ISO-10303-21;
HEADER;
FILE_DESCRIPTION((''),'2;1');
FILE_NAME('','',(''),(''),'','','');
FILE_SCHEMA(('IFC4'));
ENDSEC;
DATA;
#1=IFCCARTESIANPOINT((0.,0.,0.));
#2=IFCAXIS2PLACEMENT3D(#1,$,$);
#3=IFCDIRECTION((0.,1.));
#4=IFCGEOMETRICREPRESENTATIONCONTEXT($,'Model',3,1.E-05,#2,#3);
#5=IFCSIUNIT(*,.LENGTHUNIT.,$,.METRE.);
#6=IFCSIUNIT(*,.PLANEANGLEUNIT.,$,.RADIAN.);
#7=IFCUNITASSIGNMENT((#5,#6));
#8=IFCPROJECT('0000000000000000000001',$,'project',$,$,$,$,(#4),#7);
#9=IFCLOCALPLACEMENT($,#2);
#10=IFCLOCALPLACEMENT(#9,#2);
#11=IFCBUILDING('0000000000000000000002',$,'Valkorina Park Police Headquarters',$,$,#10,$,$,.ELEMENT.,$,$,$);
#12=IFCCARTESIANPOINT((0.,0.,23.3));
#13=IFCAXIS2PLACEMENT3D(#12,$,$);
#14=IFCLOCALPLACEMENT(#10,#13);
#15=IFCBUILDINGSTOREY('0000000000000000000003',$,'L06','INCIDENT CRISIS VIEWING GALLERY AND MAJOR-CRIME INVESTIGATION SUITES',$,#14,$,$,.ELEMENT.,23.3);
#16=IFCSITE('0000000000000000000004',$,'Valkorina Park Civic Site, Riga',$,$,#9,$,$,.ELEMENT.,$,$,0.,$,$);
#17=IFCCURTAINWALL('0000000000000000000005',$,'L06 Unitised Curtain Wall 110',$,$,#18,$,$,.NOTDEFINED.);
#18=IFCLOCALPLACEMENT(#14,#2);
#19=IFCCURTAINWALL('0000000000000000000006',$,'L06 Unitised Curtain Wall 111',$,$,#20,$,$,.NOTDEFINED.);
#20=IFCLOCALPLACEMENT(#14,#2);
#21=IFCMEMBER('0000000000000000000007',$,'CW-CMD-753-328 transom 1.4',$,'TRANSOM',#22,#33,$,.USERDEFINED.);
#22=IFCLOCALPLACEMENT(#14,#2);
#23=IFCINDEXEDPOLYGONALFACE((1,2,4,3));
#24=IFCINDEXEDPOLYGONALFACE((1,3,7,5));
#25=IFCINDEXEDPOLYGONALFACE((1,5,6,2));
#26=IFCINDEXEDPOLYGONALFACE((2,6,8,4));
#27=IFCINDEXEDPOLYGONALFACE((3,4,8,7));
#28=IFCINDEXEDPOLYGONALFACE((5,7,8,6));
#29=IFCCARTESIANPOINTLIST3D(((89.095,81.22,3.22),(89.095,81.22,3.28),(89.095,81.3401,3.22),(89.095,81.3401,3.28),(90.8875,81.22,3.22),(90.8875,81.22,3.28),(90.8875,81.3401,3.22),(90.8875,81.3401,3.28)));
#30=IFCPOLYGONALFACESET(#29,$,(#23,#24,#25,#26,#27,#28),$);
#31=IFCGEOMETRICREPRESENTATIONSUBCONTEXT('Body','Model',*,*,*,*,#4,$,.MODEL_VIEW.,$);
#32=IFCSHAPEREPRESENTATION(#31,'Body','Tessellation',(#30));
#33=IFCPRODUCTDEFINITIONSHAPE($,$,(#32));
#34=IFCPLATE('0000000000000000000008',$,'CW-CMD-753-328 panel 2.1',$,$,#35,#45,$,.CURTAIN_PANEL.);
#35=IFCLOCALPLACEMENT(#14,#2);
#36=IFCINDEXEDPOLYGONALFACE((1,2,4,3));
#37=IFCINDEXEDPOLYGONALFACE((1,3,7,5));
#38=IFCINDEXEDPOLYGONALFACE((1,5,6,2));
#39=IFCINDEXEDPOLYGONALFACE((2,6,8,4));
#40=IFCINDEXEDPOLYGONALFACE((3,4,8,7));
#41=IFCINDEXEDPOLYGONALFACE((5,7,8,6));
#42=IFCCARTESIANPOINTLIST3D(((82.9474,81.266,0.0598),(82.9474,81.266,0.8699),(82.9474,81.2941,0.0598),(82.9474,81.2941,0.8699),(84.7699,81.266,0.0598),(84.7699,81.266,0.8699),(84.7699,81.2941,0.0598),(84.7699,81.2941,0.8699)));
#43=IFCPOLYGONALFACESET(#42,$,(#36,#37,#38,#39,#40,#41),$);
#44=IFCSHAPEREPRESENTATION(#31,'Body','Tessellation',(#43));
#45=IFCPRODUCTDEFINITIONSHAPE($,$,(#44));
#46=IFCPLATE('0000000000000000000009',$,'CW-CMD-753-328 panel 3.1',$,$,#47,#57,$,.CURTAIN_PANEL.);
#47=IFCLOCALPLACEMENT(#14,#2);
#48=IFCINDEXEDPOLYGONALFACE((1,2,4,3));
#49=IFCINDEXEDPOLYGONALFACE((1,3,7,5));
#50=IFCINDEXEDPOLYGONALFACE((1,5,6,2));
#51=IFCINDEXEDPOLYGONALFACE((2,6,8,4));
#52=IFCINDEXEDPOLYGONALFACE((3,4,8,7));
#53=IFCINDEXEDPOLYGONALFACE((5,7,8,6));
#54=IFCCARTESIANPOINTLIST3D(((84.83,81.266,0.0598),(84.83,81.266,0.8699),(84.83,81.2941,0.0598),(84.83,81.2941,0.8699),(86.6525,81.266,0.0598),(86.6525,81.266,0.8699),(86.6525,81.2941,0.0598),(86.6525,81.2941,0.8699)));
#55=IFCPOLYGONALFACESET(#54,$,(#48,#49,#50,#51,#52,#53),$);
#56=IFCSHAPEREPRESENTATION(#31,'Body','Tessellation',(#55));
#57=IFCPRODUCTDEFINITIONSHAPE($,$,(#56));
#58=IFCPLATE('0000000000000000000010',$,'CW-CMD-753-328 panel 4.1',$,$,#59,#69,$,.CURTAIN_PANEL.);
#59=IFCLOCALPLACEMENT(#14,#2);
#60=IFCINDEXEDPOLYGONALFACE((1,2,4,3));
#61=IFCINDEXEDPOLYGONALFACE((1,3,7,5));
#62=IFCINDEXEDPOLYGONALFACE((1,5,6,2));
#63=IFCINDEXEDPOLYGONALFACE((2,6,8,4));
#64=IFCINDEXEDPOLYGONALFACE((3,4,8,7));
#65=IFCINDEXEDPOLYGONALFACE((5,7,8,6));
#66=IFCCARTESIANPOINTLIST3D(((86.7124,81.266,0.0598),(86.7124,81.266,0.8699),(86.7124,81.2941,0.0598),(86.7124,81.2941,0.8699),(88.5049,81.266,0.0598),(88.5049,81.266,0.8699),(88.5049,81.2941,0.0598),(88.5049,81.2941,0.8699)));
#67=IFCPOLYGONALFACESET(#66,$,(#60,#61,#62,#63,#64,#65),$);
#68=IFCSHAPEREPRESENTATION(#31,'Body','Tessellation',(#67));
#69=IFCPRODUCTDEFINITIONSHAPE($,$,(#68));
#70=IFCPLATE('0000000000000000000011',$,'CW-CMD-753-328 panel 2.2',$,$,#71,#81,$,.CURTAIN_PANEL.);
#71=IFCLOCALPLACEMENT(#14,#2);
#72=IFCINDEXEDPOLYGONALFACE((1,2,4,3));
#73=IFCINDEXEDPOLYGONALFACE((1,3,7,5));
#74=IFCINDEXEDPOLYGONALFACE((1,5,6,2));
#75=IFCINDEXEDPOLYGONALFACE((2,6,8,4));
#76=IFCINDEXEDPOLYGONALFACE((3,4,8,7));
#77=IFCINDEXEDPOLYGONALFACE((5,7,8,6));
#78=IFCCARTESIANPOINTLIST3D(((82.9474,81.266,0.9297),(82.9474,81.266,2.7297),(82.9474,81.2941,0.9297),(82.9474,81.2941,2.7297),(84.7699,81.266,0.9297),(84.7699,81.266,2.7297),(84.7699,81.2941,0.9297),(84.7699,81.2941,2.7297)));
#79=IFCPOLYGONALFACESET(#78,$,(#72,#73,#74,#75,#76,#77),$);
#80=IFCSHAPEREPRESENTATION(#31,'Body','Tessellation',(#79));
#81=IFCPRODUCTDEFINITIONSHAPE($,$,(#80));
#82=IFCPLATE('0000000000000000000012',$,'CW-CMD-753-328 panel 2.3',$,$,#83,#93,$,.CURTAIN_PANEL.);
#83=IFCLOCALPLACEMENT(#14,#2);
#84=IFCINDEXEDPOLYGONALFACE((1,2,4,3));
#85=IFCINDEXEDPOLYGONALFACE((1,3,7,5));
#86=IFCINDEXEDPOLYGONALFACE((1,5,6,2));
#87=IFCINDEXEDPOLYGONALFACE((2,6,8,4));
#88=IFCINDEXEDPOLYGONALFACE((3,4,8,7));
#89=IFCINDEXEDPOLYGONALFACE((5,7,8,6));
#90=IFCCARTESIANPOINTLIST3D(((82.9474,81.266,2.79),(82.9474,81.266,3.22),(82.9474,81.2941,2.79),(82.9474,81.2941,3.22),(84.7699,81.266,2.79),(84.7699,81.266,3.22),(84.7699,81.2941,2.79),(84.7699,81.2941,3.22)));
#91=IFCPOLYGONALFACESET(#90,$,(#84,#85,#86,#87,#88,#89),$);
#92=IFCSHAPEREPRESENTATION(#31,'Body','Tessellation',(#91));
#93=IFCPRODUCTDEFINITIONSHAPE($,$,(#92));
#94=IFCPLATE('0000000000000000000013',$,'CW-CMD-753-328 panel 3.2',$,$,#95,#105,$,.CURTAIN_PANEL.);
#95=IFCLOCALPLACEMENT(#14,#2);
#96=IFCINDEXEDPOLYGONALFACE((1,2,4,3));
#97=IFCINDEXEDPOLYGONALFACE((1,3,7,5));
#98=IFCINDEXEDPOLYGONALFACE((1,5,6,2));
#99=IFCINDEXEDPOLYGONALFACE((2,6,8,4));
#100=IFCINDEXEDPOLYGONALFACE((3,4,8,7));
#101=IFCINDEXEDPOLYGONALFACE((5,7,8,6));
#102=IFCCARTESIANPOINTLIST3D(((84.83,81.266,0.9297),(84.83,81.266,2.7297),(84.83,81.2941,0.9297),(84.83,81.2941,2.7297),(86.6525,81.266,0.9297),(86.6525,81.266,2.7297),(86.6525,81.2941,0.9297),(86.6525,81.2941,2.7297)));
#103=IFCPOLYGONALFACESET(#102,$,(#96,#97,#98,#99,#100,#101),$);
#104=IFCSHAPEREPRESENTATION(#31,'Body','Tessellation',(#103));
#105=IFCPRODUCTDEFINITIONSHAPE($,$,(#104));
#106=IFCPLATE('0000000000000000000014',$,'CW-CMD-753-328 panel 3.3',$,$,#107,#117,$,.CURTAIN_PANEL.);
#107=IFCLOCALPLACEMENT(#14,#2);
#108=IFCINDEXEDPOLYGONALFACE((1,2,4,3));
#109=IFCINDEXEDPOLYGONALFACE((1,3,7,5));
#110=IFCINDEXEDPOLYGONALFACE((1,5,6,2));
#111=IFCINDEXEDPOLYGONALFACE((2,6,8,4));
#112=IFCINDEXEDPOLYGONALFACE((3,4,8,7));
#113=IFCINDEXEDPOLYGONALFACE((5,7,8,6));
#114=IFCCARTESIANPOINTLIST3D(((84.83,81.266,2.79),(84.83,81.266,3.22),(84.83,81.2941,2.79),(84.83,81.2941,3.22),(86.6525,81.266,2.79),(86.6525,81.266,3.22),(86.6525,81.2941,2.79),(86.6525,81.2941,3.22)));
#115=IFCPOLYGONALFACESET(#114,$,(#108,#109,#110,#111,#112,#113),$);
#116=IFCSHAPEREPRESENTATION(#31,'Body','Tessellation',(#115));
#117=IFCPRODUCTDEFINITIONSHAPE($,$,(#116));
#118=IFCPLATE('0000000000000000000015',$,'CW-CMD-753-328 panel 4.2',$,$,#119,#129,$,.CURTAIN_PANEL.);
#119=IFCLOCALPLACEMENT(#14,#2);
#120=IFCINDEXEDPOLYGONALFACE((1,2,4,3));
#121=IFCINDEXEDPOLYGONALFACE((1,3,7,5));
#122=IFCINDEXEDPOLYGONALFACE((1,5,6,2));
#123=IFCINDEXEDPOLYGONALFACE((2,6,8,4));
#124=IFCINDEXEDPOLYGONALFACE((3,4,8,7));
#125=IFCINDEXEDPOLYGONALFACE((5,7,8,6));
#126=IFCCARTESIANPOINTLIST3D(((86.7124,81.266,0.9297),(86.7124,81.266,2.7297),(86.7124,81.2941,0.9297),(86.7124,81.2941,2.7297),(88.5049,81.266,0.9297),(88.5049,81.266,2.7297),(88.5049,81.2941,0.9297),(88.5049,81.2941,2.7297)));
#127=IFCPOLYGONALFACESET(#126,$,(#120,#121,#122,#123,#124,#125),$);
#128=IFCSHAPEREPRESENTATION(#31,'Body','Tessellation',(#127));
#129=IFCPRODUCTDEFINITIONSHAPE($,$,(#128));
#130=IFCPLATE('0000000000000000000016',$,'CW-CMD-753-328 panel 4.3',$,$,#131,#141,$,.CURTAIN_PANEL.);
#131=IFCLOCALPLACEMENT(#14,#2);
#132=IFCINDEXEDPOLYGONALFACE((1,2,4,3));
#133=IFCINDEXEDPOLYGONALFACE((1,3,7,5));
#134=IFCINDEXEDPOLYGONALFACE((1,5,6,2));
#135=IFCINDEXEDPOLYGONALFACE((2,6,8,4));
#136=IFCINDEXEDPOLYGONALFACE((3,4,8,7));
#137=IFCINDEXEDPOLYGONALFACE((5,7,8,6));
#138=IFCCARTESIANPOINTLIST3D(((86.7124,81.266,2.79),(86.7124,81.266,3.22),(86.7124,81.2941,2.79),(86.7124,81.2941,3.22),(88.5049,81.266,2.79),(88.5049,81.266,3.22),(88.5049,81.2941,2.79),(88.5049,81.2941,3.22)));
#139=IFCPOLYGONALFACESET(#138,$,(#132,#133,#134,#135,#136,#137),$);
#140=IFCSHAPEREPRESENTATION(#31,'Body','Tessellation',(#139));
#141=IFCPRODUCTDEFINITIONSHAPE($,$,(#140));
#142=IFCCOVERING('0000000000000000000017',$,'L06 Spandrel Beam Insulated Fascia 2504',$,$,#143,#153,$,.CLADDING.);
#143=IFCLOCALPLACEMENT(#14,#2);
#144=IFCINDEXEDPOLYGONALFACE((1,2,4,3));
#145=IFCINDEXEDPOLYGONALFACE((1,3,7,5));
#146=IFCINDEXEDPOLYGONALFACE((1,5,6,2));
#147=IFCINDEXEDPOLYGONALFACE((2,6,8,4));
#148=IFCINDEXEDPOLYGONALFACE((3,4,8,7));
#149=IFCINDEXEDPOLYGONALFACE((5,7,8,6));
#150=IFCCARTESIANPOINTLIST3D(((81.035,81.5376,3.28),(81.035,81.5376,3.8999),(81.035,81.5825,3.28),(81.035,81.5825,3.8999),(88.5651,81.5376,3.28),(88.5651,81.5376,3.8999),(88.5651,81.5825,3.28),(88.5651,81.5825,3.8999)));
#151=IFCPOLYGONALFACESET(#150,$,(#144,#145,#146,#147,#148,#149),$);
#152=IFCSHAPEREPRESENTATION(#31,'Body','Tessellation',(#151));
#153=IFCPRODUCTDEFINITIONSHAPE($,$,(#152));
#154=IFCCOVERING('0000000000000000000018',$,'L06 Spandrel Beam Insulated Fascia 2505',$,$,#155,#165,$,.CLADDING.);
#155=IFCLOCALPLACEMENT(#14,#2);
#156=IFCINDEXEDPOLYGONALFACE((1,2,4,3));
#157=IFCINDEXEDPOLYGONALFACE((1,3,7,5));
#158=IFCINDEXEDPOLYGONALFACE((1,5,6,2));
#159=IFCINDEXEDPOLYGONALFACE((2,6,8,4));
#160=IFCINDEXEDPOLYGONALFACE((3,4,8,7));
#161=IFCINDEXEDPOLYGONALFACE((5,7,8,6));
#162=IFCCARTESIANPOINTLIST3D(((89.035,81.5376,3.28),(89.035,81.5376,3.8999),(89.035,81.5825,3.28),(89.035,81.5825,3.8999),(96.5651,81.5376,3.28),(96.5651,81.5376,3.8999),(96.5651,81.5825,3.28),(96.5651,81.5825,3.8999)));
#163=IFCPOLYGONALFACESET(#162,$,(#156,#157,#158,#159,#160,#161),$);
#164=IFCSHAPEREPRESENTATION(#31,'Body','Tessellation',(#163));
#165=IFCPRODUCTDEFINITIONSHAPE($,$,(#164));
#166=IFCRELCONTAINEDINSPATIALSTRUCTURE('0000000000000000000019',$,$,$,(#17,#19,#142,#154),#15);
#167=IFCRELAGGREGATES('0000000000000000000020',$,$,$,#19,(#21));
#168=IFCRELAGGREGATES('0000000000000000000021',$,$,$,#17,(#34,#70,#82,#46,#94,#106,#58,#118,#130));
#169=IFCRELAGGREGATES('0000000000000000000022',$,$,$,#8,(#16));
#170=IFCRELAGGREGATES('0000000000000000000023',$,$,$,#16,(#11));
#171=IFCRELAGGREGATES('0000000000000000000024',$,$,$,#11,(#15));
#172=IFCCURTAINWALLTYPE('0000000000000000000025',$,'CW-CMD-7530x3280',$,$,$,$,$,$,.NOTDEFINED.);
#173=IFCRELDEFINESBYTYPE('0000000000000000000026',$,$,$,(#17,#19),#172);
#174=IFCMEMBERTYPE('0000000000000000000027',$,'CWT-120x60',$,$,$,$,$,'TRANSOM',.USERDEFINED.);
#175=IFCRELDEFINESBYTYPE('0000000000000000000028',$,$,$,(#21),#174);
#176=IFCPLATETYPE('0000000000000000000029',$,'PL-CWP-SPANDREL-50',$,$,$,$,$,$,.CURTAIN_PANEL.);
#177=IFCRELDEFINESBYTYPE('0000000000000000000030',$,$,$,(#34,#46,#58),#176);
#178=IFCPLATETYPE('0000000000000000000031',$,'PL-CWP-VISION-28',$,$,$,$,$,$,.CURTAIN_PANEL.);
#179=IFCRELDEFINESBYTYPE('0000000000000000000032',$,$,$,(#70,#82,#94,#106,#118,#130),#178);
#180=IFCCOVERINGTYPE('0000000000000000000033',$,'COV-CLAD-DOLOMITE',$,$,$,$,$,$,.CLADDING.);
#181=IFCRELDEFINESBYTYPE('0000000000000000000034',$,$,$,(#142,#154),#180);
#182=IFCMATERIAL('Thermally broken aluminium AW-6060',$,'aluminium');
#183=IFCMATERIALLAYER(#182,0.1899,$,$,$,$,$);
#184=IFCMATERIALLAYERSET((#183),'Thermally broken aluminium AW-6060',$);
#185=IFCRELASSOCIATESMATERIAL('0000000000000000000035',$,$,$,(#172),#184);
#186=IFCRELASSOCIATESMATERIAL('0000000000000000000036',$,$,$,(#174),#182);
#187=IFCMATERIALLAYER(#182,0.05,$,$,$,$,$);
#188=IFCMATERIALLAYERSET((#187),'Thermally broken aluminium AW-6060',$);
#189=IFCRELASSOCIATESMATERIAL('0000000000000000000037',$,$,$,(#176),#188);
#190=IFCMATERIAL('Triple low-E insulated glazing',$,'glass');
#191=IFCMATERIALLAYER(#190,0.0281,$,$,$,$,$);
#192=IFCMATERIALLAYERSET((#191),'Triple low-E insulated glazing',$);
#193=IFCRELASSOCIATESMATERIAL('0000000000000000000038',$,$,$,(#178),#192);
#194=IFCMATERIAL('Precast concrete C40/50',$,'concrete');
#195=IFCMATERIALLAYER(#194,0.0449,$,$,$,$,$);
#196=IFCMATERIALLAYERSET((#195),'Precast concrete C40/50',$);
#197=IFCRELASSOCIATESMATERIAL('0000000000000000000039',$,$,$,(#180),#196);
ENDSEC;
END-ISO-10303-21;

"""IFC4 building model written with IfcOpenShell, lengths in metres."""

from ifc_helpers import new_model, si_unit, direction, frame, frame_2d, origin, origin_2d, place, context, subcontext, project, spatial, rectangle, extrude, material, layer, layer_set, material_profile, profile_set, type_object, element, aggregate, save


model = new_model("IFC4")

# Units and contexts
model_context = context("Model", 3, precision=1e-05, world=origin(), true_north=direction((0.0, 1.0)))
body_context = subcontext(model_context, "Body", "Model", "MODEL_VIEW")
ifc_project = project(units=[si_unit("LENGTHUNIT", "METRE"), si_unit("PLANEANGLEUNIT", "RADIAN")], contexts=[model_context])

# Site, building, storey
site_placement = place(None, origin())
site = spatial("IfcSite", under=ifc_project, at=site_placement, Name="Valkorina Park Civic Site, Riga", CompositionType="ELEMENT", RefElevation=0.0)
building_placement = place(site_placement, origin())
building = spatial("IfcBuilding", under=site, at=building_placement, Name="Valkorina Park Police Headquarters", CompositionType="ELEMENT")
storey_placement = place(building_placement, frame((0.0, 0.0, 23.3)))
storey = spatial("IfcBuildingStorey", under=building, at=storey_placement, Name="L06", Description="INCIDENT CRISIS VIEWING GALLERY AND MAJOR-CRIME INVESTIGATION SUITES", CompositionType="ELEMENT", Elevation=23.3)

# Curtain wall
ifc_material_1 = material(Name="Thermally broken aluminium AW-6060", Category="aluminium")
ifc_layer_1 = layer(ifc_material_1, 0.1899)
ifc_layer_set_1 = layer_set([ifc_layer_1], Name="Thermally broken aluminium AW-6060")
curtain_wall_type = type_object("IfcCurtainWallType", Name="CW-CMD-7530x3280", PredefinedType="NOTDEFINED", material=ifc_layer_set_1)
curtain_wall_1_placement = place(storey_placement, origin())
curtain_wall_1 = element("IfcCurtainWall", 1, at=curtain_wall_1_placement, inside=storey, type_object=curtain_wall_type, Name="L06 Unitised Curtain Wall 110", PredefinedType="NOTDEFINED")

# Curtain wall
curtain_wall_2_placement = place(storey_placement, origin())
curtain_wall_2 = element("IfcCurtainWall", 2, at=curtain_wall_2_placement, inside=storey, type_object=curtain_wall_type, Name="L06 Unitised Curtain Wall 111", PredefinedType="NOTDEFINED")

# Member
ifc_material_profile_1 = material_profile(ifc_material_1, rectangle(XDim=0.1201, YDim=0.0601, at=origin_2d()), Name="CWT-01 120x60")
ifc_profile_set_1 = profile_set([ifc_material_profile_1], Name="Thermally broken aluminium AW-6060")
member_type_1 = type_object("IfcMemberType", Name="CWT-120x60", ElementType="TRANSOM", PredefinedType="USERDEFINED", material=ifc_profile_set_1)
member_1_placement = place(storey_placement, frame((89.095, 81.28, 3.25), z_axis=(1.0, 0.0, 0.0), x_axis=(0.0, 1.0, 0.0)))
member_1 = element("IfcMember", 3, at=member_1_placement, type_object=member_type_1, Name="CW-CMD-753-328 transom 1.4", ObjectType="TRANSOM", PredefinedType="USERDEFINED", context=body_context, shape_type="SweptSolid", body=[
    extrude(rectangle(XDim=0.1201, YDim=0.0601, at=origin_2d()), origin(), (0.0, 0.0, 1.0), 1.7925),
])
aggregate(curtain_wall_2, [member_1])

# Plates
ifc_layer_2 = layer(ifc_material_1, 0.05)
ifc_layer_set_2 = layer_set([ifc_layer_2], Name="Thermally broken aluminium AW-6060")
plate_type_1 = type_object("IfcPlateType", Name="PL-CWP-SPANDREL-50", PredefinedType="CURTAIN_PANEL", material=ifc_layer_set_2)
plate_1_placement = place(storey_placement, frame((83.8586, 81.28, 0.0598), z_axis=(0.0, 0.0, 1.0), x_axis=(1.0, 0.0, 0.0)))
plate_1 = element("IfcPlate", 4, at=plate_1_placement, type_object=plate_type_1, Name="CW-CMD-753-328 panel 2.1", PredefinedType="CURTAIN_PANEL", context=body_context, shape_type="SweptSolid", body=[
    extrude(rectangle(XDim=1.8225, YDim=0.0281, at=origin_2d()), origin(), (0.0, 0.0, 1.0), 0.8101),
])
plate_2_placement = place(storey_placement, frame((85.7412, 81.28, 0.0598), z_axis=(0.0, 0.0, 1.0), x_axis=(1.0, 0.0, 0.0)))
plate_2 = element("IfcPlate", 5, at=plate_2_placement, type_object=plate_type_1, Name="CW-CMD-753-328 panel 3.1", PredefinedType="CURTAIN_PANEL", context=body_context, shape_type="SweptSolid", body=[
    extrude(rectangle(XDim=1.8225, YDim=0.0281, at=origin_2d()), origin(), (0.0, 0.0, 1.0), 0.8101),
])
plate_3_placement = place(storey_placement, frame((87.6086, 81.28, 0.0598), z_axis=(0.0, 0.0, 1.0), x_axis=(1.0, 0.0, 0.0)))
plate_3 = element("IfcPlate", 6, at=plate_3_placement, type_object=plate_type_1, Name="CW-CMD-753-328 panel 4.1", PredefinedType="CURTAIN_PANEL", context=body_context, shape_type="SweptSolid", body=[
    extrude(rectangle(XDim=1.7925, YDim=0.0281, at=origin_2d()), origin(), (0.0, 0.0, 1.0), 0.8101),
])
ifc_material_2 = material(Name="Triple low-E insulated glazing", Category="glass")
ifc_layer_3 = layer(ifc_material_2, 0.0281)
ifc_layer_set_3 = layer_set([ifc_layer_3], Name="Triple low-E insulated glazing")
plate_type_2 = type_object("IfcPlateType", Name="PL-CWP-VISION-28", PredefinedType="CURTAIN_PANEL", material=ifc_layer_set_3)
plate_4_placement = place(storey_placement, frame((83.8586, 81.28, 0.9297), z_axis=(0.0, 0.0, 1.0), x_axis=(1.0, 0.0, 0.0)))
plate_4 = element("IfcPlate", 7, at=plate_4_placement, type_object=plate_type_2, Name="CW-CMD-753-328 panel 2.2", PredefinedType="CURTAIN_PANEL", context=body_context, shape_type="SweptSolid", body=[
    extrude(rectangle(XDim=1.8225, YDim=0.0281, at=origin_2d()), origin(), (0.0, 0.0, 1.0), 1.8),
])
plate_5_placement = place(storey_placement, frame((83.8586, 81.28, 2.79), z_axis=(0.0, 0.0, 1.0), x_axis=(1.0, 0.0, 0.0)))
plate_5 = element("IfcPlate", 8, at=plate_5_placement, type_object=plate_type_2, Name="CW-CMD-753-328 panel 2.3", PredefinedType="CURTAIN_PANEL", context=body_context, shape_type="SweptSolid", body=[
    extrude(rectangle(XDim=1.8225, YDim=0.0281, at=origin_2d()), origin(), (0.0, 0.0, 1.0), 0.4299),
])
plate_6_placement = place(storey_placement, frame((85.7412, 81.28, 0.9297), z_axis=(0.0, 0.0, 1.0), x_axis=(1.0, 0.0, 0.0)))
plate_6 = element("IfcPlate", 9, at=plate_6_placement, type_object=plate_type_2, Name="CW-CMD-753-328 panel 3.2", PredefinedType="CURTAIN_PANEL", context=body_context, shape_type="SweptSolid", body=[
    extrude(rectangle(XDim=1.8225, YDim=0.0281, at=origin_2d()), origin(), (0.0, 0.0, 1.0), 1.8),
])
plate_7_placement = place(storey_placement, frame((85.7412, 81.28, 2.79), z_axis=(0.0, 0.0, 1.0), x_axis=(1.0, 0.0, 0.0)))
plate_7 = element("IfcPlate", 10, at=plate_7_placement, type_object=plate_type_2, Name="CW-CMD-753-328 panel 3.3", PredefinedType="CURTAIN_PANEL", context=body_context, shape_type="SweptSolid", body=[
    extrude(rectangle(XDim=1.8225, YDim=0.0281, at=origin_2d()), origin(), (0.0, 0.0, 1.0), 0.4299),
])
plate_8_placement = place(storey_placement, frame((87.6086, 81.28, 0.9297), z_axis=(0.0, 0.0, 1.0), x_axis=(1.0, 0.0, 0.0)))
plate_8 = element("IfcPlate", 11, at=plate_8_placement, type_object=plate_type_2, Name="CW-CMD-753-328 panel 4.2", PredefinedType="CURTAIN_PANEL", context=body_context, shape_type="SweptSolid", body=[
    extrude(rectangle(XDim=1.7925, YDim=0.0281, at=origin_2d()), origin(), (0.0, 0.0, 1.0), 1.8),
])
plate_9_placement = place(storey_placement, frame((87.6086, 81.28, 2.79), z_axis=(0.0, 0.0, 1.0), x_axis=(1.0, 0.0, 0.0)))
plate_9 = element("IfcPlate", 12, at=plate_9_placement, type_object=plate_type_2, Name="CW-CMD-753-328 panel 4.3", PredefinedType="CURTAIN_PANEL", context=body_context, shape_type="SweptSolid", body=[
    extrude(rectangle(XDim=1.7925, YDim=0.0281, at=origin_2d()), origin(), (0.0, 0.0, 1.0), 0.4299),
])
aggregate(curtain_wall_1, [plate_1, plate_4, plate_5, plate_2, plate_6, plate_7, plate_3, plate_8, plate_9])

# Coverings
ifc_material_3 = material(Name="Precast concrete C40/50", Category="concrete")
ifc_layer_4 = layer(ifc_material_3, 0.0449)
ifc_layer_set_4 = layer_set([ifc_layer_4], Name="Precast concrete C40/50")
covering_type = type_object("IfcCoveringType", Name="COV-CLAD-DOLOMITE", PredefinedType="CLADDING", material=ifc_layer_set_4)
for number, where, z_axis, x_axis, name in (
    (13, (81.0349, 81.5601, 3.28), (0.0, 0.0, 1.0), (1.0, 0.0, 0.0), "L06 Spandrel Beam Insulated Fascia 2504"),
    (14, (89.0349, 81.5601, 3.28), (0.0, 0.0, 1.0), (1.0, 0.0, 0.0), "L06 Spandrel Beam Insulated Fascia 2505"),
):
    element("IfcCovering", number, at=place(storey_placement, frame(where, z_axis=z_axis, x_axis=x_axis)), inside=storey, type_object=covering_type, Name=name, PredefinedType="CLADDING", context=body_context, shape_type="SweptSolid", body=[
        extrude(rectangle(XDim=7.53, YDim=0.0449, at=frame_2d((3.7651, 0.0))), origin(), (0.0, 0.0, 1.0), 0.6199),
    ])

save(model, "model.ifc")
